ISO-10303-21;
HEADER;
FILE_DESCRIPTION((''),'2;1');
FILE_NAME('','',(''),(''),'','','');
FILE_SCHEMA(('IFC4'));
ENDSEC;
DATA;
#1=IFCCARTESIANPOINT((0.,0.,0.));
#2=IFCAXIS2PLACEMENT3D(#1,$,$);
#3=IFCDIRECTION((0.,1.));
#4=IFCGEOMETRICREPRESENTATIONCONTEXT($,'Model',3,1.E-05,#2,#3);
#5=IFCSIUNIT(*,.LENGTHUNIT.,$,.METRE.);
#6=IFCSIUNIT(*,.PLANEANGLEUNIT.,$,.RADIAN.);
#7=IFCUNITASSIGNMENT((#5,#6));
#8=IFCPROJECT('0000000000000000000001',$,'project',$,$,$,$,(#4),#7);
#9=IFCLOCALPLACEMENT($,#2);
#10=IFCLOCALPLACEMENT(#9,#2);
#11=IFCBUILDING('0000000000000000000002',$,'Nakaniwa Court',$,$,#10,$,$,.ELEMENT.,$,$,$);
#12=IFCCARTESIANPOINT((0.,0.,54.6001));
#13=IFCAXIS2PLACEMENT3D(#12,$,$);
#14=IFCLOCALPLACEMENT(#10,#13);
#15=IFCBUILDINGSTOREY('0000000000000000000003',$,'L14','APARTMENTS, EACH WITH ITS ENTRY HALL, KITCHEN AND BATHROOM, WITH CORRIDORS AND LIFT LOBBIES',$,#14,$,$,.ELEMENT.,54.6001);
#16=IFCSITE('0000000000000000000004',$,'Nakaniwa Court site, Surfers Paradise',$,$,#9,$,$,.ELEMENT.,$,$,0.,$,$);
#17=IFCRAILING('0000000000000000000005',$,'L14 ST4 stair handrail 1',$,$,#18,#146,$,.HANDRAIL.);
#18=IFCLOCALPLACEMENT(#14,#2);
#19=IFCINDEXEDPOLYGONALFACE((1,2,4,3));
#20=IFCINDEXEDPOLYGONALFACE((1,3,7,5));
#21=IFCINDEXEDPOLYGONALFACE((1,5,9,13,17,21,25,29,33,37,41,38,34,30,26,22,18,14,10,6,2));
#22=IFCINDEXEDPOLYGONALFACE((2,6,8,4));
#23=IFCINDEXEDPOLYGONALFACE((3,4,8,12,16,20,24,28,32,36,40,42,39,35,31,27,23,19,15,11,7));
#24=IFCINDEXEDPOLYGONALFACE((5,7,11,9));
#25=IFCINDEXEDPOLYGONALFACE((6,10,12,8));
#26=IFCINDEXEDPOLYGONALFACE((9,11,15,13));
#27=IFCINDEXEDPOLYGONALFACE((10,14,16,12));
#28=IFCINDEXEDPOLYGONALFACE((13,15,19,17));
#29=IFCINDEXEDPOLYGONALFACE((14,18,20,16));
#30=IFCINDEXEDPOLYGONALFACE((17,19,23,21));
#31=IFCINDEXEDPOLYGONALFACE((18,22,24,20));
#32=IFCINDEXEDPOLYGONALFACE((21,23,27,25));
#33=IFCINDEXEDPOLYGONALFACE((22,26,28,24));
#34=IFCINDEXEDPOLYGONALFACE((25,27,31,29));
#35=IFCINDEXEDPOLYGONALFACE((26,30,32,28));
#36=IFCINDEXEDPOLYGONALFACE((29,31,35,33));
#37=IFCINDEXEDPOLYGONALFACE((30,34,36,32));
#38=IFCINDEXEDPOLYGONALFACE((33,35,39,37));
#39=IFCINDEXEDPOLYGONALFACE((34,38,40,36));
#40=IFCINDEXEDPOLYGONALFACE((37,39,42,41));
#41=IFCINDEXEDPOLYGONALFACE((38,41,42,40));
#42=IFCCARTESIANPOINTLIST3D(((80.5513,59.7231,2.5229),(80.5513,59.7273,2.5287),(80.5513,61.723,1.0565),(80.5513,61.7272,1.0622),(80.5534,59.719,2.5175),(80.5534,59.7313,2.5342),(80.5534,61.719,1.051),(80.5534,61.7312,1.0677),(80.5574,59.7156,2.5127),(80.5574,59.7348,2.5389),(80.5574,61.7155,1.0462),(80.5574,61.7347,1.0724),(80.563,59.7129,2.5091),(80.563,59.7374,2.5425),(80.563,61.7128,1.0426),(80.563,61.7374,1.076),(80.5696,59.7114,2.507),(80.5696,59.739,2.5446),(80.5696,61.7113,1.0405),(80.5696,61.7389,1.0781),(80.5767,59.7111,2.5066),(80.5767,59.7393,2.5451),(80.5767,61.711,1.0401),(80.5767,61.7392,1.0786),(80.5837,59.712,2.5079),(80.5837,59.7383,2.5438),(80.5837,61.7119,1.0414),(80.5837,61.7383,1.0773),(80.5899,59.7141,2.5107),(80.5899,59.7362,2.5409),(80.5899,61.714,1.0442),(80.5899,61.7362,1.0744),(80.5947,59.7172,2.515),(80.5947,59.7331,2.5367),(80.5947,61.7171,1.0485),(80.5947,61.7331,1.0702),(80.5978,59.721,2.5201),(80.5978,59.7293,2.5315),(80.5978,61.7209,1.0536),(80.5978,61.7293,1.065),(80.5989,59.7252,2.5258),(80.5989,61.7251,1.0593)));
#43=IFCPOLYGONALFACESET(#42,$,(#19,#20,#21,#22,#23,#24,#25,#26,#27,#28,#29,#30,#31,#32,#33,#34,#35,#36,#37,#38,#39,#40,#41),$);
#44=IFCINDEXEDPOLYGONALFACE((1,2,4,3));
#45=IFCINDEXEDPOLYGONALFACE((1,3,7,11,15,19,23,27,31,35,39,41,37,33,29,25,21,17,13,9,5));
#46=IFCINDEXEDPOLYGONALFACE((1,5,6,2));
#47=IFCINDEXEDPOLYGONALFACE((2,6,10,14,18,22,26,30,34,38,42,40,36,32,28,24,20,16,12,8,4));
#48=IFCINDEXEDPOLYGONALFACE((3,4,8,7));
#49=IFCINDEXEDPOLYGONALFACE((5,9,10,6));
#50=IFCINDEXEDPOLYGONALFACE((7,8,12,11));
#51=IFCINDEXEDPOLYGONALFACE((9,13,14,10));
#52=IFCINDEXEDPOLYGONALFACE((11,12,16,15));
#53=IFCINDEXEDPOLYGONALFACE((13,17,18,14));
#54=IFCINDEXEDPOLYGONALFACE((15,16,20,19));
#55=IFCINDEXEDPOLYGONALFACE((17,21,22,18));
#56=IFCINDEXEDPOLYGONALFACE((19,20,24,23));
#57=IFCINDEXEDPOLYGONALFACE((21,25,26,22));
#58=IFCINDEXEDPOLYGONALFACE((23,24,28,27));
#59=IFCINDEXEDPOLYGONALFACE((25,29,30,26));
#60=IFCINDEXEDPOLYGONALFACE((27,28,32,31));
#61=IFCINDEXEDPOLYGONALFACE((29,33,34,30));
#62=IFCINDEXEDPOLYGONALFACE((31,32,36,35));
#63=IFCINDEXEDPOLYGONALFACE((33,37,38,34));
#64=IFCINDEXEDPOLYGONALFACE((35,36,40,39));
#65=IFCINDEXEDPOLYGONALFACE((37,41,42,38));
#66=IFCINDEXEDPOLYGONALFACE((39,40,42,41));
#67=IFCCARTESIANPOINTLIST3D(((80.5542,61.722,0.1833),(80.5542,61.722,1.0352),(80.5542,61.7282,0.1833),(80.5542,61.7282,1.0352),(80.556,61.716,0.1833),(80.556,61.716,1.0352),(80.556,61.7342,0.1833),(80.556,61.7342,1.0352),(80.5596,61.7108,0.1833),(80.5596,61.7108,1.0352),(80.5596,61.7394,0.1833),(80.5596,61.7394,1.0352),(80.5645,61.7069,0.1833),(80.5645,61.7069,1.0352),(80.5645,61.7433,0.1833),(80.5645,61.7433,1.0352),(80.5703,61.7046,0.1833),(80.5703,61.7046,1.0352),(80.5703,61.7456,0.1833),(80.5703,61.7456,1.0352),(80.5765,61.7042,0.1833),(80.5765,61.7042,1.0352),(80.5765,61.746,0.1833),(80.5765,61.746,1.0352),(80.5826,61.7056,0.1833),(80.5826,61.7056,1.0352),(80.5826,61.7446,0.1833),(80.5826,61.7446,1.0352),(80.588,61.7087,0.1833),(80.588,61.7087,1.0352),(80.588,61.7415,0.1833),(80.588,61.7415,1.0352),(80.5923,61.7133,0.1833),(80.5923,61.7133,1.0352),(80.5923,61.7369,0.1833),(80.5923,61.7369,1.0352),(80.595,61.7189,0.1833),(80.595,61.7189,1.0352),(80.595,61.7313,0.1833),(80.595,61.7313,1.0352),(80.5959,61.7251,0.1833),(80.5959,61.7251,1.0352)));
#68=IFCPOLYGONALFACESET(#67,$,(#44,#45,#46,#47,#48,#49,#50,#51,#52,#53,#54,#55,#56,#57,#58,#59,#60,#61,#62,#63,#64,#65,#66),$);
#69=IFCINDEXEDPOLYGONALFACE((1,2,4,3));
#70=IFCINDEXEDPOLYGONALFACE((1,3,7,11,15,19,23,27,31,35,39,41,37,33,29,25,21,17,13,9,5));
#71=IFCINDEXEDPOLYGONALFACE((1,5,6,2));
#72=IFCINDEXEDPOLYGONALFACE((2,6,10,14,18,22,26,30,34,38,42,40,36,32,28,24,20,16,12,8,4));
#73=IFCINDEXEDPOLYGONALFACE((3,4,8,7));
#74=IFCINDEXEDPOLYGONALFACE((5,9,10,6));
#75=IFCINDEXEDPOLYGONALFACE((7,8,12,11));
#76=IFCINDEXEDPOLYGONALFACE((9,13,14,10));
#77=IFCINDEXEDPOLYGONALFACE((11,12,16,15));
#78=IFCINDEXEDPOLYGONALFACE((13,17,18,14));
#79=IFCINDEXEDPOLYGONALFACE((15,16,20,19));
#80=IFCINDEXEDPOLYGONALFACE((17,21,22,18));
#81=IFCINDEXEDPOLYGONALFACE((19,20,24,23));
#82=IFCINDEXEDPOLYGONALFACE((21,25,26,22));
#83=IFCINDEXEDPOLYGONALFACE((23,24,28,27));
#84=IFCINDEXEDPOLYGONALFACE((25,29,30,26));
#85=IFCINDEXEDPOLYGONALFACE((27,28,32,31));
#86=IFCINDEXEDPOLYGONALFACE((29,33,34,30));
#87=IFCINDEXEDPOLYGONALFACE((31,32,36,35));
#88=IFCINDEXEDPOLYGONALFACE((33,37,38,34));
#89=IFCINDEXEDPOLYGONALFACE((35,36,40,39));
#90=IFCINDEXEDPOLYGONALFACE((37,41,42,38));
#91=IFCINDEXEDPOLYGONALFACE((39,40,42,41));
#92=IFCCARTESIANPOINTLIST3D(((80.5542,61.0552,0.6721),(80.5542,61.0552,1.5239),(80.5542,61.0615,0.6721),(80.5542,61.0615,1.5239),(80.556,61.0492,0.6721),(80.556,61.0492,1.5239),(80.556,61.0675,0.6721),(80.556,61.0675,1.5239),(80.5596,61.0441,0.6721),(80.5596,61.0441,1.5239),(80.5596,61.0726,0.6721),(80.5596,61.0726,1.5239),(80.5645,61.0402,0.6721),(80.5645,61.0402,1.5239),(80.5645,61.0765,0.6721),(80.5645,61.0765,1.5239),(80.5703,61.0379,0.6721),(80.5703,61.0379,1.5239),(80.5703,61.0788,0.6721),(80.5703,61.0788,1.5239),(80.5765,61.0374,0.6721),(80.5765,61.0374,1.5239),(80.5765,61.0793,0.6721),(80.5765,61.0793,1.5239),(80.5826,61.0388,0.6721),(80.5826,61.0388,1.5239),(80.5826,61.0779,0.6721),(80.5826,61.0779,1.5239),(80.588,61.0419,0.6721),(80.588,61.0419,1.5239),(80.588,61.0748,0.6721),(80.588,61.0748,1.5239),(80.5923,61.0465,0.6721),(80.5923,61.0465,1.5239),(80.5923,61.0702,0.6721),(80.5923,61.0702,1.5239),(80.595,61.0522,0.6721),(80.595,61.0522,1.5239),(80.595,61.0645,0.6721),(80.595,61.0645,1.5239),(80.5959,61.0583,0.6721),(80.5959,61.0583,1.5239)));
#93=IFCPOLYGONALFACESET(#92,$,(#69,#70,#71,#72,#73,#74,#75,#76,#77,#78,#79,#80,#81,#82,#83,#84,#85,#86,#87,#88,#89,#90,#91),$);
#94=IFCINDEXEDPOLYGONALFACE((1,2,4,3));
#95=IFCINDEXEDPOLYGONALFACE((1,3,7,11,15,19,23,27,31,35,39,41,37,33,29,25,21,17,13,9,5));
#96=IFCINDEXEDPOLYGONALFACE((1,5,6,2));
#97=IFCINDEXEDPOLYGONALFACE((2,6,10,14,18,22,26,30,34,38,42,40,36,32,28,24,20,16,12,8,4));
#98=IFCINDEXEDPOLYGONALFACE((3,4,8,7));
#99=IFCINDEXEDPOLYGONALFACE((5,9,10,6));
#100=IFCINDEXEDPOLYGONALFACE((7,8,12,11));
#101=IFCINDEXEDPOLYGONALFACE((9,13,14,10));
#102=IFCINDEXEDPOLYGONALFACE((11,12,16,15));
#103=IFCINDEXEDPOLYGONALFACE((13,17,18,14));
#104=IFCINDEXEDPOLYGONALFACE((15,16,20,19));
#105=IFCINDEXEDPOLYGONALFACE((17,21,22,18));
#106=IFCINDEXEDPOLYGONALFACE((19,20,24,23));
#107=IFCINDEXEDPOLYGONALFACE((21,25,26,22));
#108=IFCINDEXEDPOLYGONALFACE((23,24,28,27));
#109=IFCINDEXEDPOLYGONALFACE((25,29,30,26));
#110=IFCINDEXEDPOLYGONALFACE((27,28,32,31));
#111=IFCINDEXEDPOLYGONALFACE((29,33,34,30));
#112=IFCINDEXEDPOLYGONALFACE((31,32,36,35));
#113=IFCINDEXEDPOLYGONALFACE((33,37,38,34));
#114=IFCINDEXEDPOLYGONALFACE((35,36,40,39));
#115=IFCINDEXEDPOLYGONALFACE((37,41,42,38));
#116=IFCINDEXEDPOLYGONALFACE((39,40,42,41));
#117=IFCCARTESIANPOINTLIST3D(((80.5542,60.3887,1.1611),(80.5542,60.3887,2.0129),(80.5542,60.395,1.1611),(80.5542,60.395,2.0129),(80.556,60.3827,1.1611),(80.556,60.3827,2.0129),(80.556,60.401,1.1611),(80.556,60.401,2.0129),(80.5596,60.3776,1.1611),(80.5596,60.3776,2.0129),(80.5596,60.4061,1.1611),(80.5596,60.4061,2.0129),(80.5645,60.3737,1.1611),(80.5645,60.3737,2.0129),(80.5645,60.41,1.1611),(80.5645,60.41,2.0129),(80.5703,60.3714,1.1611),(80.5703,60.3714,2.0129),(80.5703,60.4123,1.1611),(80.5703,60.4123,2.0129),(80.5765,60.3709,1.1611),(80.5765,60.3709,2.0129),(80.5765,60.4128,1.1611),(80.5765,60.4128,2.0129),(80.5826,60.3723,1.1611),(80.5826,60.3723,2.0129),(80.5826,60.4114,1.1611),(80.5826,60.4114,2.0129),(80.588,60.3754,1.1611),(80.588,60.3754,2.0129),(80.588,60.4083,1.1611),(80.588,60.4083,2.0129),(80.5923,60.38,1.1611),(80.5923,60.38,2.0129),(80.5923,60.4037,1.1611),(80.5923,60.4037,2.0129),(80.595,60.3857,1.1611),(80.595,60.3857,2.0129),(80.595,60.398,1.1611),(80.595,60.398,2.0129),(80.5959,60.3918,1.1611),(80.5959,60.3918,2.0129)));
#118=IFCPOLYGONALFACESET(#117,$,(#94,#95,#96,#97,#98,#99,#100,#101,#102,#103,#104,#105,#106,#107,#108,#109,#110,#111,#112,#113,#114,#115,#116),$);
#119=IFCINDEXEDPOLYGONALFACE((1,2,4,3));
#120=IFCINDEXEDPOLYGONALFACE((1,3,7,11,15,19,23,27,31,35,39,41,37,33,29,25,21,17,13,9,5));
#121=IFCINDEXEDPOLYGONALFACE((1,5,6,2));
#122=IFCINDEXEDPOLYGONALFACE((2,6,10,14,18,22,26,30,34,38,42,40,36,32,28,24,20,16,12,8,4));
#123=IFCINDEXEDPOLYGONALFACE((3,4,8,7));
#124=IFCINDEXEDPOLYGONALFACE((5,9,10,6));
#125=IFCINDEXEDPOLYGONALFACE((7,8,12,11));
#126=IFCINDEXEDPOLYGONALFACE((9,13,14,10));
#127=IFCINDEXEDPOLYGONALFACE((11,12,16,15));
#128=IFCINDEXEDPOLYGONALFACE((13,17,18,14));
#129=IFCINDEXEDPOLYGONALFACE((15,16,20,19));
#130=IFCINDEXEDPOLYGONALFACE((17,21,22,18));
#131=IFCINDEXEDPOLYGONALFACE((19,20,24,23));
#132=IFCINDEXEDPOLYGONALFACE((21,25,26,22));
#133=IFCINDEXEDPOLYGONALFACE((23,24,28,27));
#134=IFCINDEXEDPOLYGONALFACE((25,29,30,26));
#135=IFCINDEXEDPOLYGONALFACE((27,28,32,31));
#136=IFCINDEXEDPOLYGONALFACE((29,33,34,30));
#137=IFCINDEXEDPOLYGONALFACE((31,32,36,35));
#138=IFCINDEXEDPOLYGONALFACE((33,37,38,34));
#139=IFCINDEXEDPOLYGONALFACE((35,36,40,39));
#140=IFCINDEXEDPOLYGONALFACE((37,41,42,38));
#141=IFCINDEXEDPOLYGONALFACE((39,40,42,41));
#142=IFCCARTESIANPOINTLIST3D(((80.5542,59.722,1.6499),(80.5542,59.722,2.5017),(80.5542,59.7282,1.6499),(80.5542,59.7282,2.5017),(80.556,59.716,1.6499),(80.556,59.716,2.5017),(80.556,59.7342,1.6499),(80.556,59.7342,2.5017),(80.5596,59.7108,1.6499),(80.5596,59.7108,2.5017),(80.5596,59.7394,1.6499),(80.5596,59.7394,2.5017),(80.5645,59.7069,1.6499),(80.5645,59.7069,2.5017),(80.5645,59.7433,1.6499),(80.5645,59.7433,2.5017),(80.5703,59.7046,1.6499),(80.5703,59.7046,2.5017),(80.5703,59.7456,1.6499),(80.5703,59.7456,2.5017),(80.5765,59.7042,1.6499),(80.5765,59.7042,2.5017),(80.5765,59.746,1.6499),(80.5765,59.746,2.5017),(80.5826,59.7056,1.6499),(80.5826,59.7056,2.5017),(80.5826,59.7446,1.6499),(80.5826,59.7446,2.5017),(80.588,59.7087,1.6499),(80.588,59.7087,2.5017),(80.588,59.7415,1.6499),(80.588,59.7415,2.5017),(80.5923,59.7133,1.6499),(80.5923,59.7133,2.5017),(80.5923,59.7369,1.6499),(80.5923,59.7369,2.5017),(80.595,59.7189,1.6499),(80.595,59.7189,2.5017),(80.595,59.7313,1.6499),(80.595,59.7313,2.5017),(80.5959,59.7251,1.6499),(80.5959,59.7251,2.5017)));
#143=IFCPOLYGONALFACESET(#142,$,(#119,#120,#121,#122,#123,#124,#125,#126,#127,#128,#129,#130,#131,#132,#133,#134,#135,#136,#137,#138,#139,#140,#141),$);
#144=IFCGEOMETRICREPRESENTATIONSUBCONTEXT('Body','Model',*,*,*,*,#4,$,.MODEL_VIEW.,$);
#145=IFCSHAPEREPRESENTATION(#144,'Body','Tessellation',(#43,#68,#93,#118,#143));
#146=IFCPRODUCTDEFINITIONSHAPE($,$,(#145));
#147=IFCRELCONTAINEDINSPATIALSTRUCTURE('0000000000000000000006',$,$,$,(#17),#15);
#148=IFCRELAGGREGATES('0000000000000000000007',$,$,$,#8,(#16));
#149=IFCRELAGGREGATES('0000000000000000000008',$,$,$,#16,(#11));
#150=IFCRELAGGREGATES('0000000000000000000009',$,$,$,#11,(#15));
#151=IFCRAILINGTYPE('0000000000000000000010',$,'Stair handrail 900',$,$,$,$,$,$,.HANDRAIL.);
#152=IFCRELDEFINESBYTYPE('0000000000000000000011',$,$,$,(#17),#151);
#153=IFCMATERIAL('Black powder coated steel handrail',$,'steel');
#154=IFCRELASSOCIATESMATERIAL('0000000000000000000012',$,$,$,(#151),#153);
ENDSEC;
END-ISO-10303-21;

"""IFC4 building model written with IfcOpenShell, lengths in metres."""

from ifc_helpers import new_model, si_unit, direction, frame, origin, origin_2d, place, context, subcontext, project, spatial, circle, extrude, material, type_object, element, save


model = new_model("IFC4")

# Units and contexts
model_context = context("Model", 3, precision=1e-05, world=origin(), true_north=direction((0.0, 1.0)))
body_context = subcontext(model_context, "Body", "Model", "MODEL_VIEW")
ifc_project = project(units=[si_unit("LENGTHUNIT", "METRE"), si_unit("PLANEANGLEUNIT", "RADIAN")], contexts=[model_context])

# Site, building, storey
site_placement = place(None, origin())
site = spatial("IfcSite", under=ifc_project, at=site_placement, Name="Nakaniwa Court site, Surfers Paradise", CompositionType="ELEMENT", RefElevation=0.0)
building_placement = place(site_placement, origin())
building = spatial("IfcBuilding", under=site, at=building_placement, Name="Nakaniwa Court", CompositionType="ELEMENT")
storey_placement = place(building_placement, frame((0.0, 0.0, 54.6001)))
storey = spatial("IfcBuildingStorey", under=building, at=storey_placement, Name="L14", Description="APARTMENTS, EACH WITH ITS ENTRY HALL, KITCHEN AND BATHROOM, WITH CORRIDORS AND LIFT LOBBIES", CompositionType="ELEMENT", Elevation=54.6001)

# Railing
ifc_material_1 = material(Name="Black powder coated steel handrail", Category="steel")
railing_type_1 = type_object("IfcRailingType", Name="Stair handrail 900", PredefinedType="HANDRAIL", material=ifc_material_1)
railing_1_placement = place(storey_placement, frame((80.575, 61.7251, 0.1833)))
element("IfcRailing", 1, at=railing_1_placement, inside=storey, type_object=railing_type_1, Name="L14 ST4 stair handrail 1", PredefinedType="HANDRAIL", context=body_context, shape_type="SweptSolid", body=[
    extrude(circle(Radius=0.0239, at=origin_2d()), frame((0.0, 0.0, 0.876), z_axis=(0.0, -0.806427, 0.591334), x_axis=(1.0, 0.0, 0.0)), (0.0, 0.0, 1.0), 2.48),
    extrude(circle(Radius=0.021, at=origin_2d()), origin(), (0.0, 0.0, 1.0), 0.8518),
    extrude(circle(Radius=0.021, at=origin_2d()), frame((0.0, -0.6667, 0.4888)), (0.0, 0.0, 1.0), 0.8518),
    extrude(circle(Radius=0.021, at=origin_2d()), frame((0.0, -1.3333, 0.9778)), (0.0, 0.0, 1.0), 0.8518),
    extrude(circle(Radius=0.021, at=origin_2d()), frame((0.0, -2.0, 1.4666)), (0.0, 0.0, 1.0), 0.8518),
])

save(model, "model.ifc")
